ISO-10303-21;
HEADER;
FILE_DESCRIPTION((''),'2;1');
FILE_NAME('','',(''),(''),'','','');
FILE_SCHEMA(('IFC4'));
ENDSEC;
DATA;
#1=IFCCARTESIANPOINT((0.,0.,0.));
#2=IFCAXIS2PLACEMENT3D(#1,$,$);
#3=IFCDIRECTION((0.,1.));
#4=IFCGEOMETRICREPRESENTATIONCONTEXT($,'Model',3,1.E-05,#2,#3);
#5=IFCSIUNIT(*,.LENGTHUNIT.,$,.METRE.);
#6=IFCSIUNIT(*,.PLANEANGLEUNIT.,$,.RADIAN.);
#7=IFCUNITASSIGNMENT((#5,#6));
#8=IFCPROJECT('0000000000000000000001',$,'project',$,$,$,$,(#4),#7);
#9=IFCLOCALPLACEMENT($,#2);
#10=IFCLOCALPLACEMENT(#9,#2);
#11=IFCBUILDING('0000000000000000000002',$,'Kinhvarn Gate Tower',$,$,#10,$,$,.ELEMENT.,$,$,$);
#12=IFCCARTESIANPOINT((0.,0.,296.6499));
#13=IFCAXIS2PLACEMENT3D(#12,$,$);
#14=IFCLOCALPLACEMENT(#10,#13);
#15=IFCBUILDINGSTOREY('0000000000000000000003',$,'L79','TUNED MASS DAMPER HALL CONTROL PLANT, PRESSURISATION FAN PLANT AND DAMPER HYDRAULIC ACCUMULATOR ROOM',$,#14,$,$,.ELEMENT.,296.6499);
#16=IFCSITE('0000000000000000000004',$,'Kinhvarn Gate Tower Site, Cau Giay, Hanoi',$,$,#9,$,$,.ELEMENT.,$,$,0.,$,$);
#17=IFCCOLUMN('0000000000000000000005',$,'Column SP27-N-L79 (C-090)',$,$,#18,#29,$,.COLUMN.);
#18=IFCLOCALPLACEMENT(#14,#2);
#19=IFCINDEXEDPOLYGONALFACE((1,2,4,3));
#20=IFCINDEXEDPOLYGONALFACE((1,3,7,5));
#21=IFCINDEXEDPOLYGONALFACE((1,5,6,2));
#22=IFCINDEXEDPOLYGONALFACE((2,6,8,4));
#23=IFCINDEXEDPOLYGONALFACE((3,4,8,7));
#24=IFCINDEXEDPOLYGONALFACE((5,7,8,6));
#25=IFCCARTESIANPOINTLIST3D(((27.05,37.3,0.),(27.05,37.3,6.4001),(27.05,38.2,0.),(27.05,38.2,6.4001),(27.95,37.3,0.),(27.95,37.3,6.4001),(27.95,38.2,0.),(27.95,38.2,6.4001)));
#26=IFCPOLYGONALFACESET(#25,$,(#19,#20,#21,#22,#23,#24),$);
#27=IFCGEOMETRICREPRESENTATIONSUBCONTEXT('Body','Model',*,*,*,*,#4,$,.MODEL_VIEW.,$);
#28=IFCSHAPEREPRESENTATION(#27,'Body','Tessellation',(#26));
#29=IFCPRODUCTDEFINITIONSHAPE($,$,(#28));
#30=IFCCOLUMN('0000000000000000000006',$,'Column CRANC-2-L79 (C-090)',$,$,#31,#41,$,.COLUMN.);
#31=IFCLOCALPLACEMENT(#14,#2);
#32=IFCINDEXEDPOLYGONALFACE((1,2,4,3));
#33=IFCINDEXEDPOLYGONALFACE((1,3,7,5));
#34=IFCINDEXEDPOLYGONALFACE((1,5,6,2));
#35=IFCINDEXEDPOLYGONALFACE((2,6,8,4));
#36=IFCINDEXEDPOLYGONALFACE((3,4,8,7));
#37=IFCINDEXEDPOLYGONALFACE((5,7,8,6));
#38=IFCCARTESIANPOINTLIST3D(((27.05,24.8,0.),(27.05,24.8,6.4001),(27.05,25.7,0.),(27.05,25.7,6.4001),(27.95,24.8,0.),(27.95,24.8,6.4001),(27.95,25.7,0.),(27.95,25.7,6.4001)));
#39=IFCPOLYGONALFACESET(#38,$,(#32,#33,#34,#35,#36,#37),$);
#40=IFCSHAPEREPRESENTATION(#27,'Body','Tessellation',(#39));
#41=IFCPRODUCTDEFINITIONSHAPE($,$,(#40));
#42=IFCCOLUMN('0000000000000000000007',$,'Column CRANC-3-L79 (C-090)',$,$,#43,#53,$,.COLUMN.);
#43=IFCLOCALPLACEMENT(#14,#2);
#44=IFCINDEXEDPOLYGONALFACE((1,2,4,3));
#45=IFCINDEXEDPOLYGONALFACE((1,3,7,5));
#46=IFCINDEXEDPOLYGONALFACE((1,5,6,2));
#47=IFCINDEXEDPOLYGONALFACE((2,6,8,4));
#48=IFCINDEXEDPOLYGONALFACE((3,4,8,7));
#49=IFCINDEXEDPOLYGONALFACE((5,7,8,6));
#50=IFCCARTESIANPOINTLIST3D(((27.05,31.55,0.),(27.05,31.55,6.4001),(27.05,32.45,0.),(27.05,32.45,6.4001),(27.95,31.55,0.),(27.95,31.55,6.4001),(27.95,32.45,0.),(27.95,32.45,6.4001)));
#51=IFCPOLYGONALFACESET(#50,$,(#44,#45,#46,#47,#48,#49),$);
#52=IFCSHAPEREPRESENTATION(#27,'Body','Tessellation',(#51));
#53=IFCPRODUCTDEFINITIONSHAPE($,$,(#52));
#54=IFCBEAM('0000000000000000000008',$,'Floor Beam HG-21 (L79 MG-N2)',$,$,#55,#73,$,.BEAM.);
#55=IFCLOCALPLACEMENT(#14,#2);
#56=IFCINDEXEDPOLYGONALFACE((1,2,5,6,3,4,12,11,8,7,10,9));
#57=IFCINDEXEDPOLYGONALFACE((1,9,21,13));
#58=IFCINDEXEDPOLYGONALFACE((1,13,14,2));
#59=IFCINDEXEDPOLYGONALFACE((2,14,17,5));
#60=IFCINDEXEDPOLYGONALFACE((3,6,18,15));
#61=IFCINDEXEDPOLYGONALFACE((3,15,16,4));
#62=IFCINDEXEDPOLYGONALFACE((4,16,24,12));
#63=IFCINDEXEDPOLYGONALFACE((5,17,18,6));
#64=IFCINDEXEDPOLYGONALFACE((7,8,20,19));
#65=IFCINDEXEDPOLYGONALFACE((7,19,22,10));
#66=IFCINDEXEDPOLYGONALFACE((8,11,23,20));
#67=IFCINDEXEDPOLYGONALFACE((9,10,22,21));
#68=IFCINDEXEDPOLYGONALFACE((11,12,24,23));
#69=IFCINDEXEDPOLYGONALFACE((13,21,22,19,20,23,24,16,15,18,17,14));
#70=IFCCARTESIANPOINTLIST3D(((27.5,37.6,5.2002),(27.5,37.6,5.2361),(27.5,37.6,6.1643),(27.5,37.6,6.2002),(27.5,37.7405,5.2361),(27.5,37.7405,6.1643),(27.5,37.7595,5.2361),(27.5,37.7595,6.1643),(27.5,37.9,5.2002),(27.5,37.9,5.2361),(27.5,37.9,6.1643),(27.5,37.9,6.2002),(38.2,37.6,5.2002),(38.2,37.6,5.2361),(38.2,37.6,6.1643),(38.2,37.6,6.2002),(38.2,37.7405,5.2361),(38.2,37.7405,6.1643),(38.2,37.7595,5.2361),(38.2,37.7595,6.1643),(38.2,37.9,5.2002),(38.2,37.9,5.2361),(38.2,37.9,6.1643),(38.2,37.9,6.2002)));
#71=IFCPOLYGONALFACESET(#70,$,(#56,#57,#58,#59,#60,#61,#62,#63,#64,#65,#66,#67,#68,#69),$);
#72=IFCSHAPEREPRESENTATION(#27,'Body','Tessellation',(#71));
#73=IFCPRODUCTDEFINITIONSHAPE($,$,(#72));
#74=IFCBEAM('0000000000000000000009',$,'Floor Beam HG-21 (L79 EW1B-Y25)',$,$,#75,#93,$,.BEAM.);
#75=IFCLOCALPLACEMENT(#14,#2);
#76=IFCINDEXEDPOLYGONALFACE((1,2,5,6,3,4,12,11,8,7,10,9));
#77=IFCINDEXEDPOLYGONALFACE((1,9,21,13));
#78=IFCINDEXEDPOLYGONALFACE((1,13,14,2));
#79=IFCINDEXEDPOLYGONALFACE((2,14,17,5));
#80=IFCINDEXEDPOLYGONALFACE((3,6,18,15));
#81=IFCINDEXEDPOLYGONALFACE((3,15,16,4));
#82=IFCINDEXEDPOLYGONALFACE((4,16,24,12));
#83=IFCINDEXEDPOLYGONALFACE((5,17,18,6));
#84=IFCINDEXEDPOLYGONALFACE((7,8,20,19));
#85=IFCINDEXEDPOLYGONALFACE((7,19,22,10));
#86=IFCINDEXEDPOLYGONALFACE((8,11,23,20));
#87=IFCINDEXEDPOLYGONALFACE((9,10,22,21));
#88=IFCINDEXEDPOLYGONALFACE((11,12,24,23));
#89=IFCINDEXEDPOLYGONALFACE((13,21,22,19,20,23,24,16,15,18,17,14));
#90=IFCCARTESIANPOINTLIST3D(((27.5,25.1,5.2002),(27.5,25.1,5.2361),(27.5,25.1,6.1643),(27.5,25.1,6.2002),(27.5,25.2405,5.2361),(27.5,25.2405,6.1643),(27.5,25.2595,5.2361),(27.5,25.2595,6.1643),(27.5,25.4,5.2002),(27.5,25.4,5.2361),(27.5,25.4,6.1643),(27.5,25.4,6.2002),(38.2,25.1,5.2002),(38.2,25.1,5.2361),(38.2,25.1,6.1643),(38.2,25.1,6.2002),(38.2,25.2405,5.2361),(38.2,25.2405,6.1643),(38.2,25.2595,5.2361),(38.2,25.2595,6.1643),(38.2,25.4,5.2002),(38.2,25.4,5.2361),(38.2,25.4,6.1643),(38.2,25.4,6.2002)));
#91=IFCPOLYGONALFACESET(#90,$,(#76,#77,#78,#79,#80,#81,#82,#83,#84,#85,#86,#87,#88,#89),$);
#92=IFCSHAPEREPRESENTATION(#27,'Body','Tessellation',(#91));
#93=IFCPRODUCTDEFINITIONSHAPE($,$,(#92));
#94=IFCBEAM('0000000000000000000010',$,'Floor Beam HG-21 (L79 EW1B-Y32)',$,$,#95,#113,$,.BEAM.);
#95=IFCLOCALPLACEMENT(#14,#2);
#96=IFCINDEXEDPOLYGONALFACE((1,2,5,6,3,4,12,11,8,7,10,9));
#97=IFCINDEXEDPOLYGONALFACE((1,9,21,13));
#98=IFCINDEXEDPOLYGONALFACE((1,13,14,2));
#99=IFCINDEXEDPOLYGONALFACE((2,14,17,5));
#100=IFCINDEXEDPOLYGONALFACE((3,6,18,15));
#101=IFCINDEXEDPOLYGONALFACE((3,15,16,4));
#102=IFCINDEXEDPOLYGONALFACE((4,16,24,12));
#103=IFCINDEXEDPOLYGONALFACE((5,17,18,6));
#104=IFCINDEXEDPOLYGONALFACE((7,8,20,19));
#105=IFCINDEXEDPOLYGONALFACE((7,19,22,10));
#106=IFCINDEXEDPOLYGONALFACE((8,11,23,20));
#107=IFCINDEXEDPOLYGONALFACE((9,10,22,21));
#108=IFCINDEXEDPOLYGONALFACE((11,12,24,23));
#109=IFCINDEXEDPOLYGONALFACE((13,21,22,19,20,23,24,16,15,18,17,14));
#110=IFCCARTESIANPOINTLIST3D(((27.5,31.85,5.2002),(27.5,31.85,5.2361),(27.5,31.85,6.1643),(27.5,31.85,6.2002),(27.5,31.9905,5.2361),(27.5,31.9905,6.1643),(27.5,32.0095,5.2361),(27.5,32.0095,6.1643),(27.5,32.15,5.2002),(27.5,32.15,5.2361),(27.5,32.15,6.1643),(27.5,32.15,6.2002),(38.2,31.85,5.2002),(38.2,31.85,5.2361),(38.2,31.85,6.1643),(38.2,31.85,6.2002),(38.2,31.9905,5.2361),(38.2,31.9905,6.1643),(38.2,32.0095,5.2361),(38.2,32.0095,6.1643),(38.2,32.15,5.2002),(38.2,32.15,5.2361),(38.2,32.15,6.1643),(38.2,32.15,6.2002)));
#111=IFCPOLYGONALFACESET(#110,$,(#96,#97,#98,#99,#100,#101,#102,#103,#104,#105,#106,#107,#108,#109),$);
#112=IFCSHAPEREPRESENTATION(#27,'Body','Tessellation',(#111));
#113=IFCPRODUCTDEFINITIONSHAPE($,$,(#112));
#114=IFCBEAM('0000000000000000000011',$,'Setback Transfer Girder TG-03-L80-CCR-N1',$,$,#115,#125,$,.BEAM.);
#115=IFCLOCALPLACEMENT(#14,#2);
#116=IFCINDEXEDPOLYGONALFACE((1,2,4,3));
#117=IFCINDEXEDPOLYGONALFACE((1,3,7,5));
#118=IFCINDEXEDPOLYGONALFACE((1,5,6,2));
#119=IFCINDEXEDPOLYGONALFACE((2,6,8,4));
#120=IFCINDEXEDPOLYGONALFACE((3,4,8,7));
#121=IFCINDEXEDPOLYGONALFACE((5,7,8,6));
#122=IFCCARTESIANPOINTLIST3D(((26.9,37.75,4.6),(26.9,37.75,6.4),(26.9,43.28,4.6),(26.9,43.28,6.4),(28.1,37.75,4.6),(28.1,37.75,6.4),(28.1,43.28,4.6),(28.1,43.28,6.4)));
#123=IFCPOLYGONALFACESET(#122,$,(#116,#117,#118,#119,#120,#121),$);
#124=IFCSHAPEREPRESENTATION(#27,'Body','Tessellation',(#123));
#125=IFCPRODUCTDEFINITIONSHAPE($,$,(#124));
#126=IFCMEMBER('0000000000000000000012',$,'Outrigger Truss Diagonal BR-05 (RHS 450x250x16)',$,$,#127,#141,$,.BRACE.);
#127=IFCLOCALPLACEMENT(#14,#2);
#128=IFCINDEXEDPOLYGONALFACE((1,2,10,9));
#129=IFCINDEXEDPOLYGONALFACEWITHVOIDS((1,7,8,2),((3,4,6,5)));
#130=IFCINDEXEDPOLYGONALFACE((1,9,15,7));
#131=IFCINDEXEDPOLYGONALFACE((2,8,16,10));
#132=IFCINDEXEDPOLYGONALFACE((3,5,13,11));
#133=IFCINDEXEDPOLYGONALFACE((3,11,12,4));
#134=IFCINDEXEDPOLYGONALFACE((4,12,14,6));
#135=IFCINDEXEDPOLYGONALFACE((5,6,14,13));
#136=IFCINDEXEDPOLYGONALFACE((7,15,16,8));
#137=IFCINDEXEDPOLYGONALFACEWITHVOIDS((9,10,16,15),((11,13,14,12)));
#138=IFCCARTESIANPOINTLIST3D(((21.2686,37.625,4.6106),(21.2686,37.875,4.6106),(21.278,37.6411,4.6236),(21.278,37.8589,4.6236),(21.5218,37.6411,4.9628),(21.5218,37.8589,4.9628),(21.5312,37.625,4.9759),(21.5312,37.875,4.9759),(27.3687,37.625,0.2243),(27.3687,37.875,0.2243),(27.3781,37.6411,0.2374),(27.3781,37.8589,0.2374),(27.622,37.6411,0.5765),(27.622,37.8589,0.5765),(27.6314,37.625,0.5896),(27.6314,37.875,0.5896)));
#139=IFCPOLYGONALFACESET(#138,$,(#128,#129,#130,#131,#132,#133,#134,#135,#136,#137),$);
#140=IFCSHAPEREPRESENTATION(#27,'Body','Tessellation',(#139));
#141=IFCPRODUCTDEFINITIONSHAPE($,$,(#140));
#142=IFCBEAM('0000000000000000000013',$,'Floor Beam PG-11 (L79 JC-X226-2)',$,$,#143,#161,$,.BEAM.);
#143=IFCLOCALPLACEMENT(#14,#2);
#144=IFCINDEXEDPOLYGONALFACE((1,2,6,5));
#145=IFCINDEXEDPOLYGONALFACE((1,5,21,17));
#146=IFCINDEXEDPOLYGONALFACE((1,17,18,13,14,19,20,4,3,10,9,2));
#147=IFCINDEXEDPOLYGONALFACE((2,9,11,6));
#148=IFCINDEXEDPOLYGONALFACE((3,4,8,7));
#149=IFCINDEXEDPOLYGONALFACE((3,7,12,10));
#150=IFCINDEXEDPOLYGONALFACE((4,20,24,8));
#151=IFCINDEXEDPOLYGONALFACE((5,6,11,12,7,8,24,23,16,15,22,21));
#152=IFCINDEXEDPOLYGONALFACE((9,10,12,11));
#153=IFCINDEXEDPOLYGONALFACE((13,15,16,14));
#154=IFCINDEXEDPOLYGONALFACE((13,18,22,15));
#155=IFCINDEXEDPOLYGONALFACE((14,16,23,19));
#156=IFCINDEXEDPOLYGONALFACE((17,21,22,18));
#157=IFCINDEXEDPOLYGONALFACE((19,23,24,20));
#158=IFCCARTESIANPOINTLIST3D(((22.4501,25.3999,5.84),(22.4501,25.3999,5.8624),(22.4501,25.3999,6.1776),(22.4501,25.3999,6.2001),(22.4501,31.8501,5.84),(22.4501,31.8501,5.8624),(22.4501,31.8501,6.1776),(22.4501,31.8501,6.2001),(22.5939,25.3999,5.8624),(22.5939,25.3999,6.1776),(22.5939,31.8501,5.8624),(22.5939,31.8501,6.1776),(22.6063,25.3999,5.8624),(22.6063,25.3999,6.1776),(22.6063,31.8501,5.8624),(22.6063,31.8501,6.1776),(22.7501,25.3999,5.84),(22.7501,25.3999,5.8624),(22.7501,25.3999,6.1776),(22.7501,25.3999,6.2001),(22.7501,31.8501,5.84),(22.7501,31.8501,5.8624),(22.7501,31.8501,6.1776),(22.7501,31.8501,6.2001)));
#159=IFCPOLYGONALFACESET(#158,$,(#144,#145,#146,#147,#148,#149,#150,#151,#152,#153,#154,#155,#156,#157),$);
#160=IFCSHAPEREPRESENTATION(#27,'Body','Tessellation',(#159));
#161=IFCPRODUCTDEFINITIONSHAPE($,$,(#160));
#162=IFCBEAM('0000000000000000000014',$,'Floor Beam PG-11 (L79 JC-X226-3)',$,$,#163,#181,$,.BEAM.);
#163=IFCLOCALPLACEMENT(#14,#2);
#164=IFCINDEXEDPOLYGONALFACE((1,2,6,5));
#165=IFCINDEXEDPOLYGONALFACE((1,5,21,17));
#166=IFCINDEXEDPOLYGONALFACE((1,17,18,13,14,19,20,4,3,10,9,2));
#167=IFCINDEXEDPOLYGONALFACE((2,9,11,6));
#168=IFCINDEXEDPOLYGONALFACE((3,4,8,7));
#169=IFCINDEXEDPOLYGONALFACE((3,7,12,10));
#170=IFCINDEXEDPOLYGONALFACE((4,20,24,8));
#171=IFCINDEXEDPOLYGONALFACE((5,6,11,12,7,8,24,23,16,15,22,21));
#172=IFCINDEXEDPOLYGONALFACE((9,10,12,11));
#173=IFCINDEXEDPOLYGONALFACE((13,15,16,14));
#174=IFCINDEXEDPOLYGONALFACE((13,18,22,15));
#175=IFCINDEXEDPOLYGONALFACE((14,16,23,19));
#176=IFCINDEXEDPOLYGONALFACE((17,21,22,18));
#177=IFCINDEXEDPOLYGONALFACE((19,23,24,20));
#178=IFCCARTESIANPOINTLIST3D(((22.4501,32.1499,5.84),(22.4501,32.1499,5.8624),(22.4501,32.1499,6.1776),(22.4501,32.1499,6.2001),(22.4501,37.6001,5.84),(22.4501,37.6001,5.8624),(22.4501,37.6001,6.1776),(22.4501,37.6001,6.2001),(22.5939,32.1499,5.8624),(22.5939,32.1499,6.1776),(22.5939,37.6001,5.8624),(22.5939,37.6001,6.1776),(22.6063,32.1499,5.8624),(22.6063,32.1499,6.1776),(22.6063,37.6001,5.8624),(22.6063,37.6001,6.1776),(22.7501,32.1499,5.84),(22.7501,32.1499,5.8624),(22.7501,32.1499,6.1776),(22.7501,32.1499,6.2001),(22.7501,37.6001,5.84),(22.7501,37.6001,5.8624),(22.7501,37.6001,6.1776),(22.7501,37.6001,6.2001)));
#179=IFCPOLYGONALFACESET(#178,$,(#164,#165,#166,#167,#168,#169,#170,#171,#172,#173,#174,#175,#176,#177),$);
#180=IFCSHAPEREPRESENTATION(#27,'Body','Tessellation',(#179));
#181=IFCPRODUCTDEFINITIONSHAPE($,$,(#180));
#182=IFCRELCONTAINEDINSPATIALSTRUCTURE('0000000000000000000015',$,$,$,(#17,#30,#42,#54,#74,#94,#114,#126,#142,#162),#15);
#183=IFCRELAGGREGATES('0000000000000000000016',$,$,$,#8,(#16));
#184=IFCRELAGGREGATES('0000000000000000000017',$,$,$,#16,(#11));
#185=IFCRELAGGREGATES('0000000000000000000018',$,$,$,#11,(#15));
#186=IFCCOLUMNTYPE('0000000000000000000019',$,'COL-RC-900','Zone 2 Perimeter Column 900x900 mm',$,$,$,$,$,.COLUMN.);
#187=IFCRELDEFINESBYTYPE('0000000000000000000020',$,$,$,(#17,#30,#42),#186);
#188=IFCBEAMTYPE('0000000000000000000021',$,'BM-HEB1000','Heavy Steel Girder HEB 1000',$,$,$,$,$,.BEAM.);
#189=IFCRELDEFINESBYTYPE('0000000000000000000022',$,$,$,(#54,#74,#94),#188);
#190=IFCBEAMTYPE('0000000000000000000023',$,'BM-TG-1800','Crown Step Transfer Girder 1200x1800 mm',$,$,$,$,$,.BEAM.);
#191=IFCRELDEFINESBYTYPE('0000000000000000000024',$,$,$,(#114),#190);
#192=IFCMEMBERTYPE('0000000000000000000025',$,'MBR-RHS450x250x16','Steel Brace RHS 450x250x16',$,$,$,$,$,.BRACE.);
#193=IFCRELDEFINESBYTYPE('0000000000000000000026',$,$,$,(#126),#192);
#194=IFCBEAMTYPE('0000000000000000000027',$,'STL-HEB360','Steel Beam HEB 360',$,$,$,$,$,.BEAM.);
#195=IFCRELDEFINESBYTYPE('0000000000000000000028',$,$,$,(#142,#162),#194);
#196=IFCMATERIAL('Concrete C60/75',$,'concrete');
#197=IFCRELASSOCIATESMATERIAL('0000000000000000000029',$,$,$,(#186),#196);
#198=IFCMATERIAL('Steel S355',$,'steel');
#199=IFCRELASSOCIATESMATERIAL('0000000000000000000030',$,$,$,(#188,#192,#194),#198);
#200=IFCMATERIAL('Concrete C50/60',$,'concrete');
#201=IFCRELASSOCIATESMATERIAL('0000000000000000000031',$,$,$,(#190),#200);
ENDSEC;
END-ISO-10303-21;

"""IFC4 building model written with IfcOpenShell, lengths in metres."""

from ifc_helpers import new_model, si_unit, direction, frame, origin, origin_2d, place, context, subcontext, project, spatial, rectangle, hollow_rectangle, i_section, extrude, material, material_profile, profile_set, type_object, element, save


model = new_model("IFC4")

# Units and contexts
model_context = context("Model", 3, precision=1e-05, world=origin(), true_north=direction((0.0, 1.0)))
body_context = subcontext(model_context, "Body", "Model", "MODEL_VIEW")
ifc_project = project(units=[si_unit("LENGTHUNIT", "METRE"), si_unit("PLANEANGLEUNIT", "RADIAN")], contexts=[model_context])

# Site, building, storey
site_placement = place(None, origin())
site = spatial("IfcSite", under=ifc_project, at=site_placement, Name="Kinhvarn Gate Tower Site, Cau Giay, Hanoi", CompositionType="ELEMENT", RefElevation=0.0)
building_placement = place(site_placement, origin())
building = spatial("IfcBuilding", under=site, at=building_placement, Name="Kinhvarn Gate Tower", CompositionType="ELEMENT")
storey_placement = place(building_placement, frame((0.0, 0.0, 296.6499)))
storey = spatial("IfcBuildingStorey", under=building, at=storey_placement, Name="L79", Description="TUNED MASS DAMPER HALL CONTROL PLANT, PRESSURISATION FAN PLANT AND DAMPER HYDRAULIC ACCUMULATOR ROOM", CompositionType="ELEMENT", Elevation=296.6499)

# Columns
ifc_material_1 = material(Name="Concrete C60/75", Category="concrete")
ifc_material_profile_1 = material_profile(ifc_material_1, rectangle(XDim=0.8999, YDim=0.8999, at=origin_2d()), Name="RC 900x900")
ifc_profile_set_1 = profile_set([ifc_material_profile_1], Name="Concrete C60/75")
column_type = type_object("IfcColumnType", Name="COL-RC-900", Description="Zone 2 Perimeter Column 900x900 mm", PredefinedType="COLUMN", material=ifc_profile_set_1)
for number, where, z_axis, x_axis, name in (
    (1, (27.5, 37.75, 0.0), (0.0, 0.0, 1.0), (1.0, 0.0, 0.0), "Column SP27-N-L79 (C-090)"),
    (2, (27.5, 25.25, 0.0), (0.0, 0.0, 1.0), (1.0, 0.0, 0.0), "Column CRANC-2-L79 (C-090)"),
    (3, (27.5, 32.0, 0.0), (0.0, 0.0, 1.0), (1.0, 0.0, 0.0), "Column CRANC-3-L79 (C-090)"),
):
    element("IfcColumn", number, at=place(storey_placement, frame(where, z_axis=z_axis, x_axis=x_axis)), inside=storey, type_object=column_type, Name=name, PredefinedType="COLUMN", context=body_context, shape_type="SweptSolid", body=[
        extrude(rectangle(XDim=0.8999, YDim=0.8999, at=origin_2d()), origin(), (0.0, 0.0, 1.0), 6.4001),
    ])

# Beams
ifc_material_2 = material(Name="Steel S355", Category="steel")
ifc_material_profile_2 = material_profile(ifc_material_2, i_section(OverallWidth=0.3, OverallDepth=1.0, WebThickness=0.019, FlangeThickness=0.0359, at=origin_2d()), Name="HEB 1000")
ifc_profile_set_2 = profile_set([ifc_material_profile_2], Name="Steel S355")
beam_type_1 = type_object("IfcBeamType", Name="BM-HEB1000", Description="Heavy Steel Girder HEB 1000", PredefinedType="BEAM", material=ifc_profile_set_2)
for number, where, z_axis, x_axis, name in (
    (4, (27.5, 37.75, 5.7002), (1.0, 0.0, 0.0), (0.0, 1.0, 0.0), "Floor Beam HG-21 (L79 MG-N2)"),
    (5, (27.5, 25.25, 5.7002), (1.0, 0.0, 0.0), (0.0, 1.0, 0.0), "Floor Beam HG-21 (L79 EW1B-Y25)"),
    (6, (27.5, 32.0, 5.7002), (1.0, 0.0, 0.0), (0.0, 1.0, 0.0), "Floor Beam HG-21 (L79 EW1B-Y32)"),
):
    element("IfcBeam", number, at=place(storey_placement, frame(where, z_axis=z_axis, x_axis=x_axis)), inside=storey, type_object=beam_type_1, Name=name, PredefinedType="BEAM", context=body_context, shape_type="SweptSolid", body=[
        extrude(i_section(OverallWidth=0.3, OverallDepth=1.0, WebThickness=0.019, FlangeThickness=0.0359, at=origin_2d()), origin(), (0.0, 0.0, 1.0), 10.7),
    ])
ifc_material_3 = material(Name="Concrete C50/60", Category="concrete")
ifc_material_profile_3 = material_profile(ifc_material_3, rectangle(XDim=1.2, YDim=1.8, at=origin_2d()), Name="RC 1200x1800")
ifc_profile_set_3 = profile_set([ifc_material_profile_3], Name="Concrete C50/60")
beam_type_2 = type_object("IfcBeamType", Name="BM-TG-1800", Description="Crown Step Transfer Girder 1200x1800 mm", PredefinedType="BEAM", material=ifc_profile_set_3)
beam_1_placement = place(storey_placement, frame((27.5, 37.75, 5.5), z_axis=(0.0, 1.0, 0.0), x_axis=(-1.0, 0.0, 0.0)))
element("IfcBeam", 7, at=beam_1_placement, inside=storey, type_object=beam_type_2, Name="Setback Transfer Girder TG-03-L80-CCR-N1", PredefinedType="BEAM", context=body_context, shape_type="SweptSolid", body=[
    extrude(rectangle(XDim=1.2, YDim=1.8, at=origin_2d()), origin(), (0.0, 0.0, 1.0), 5.53),
])

# Member
ifc_material_profile_4 = material_profile(ifc_material_2, hollow_rectangle(XDim=0.25, YDim=0.45, WallThickness=0.0161, at=origin_2d()), Name="RHS 450x250x16")
ifc_profile_set_4 = profile_set([ifc_material_profile_4], Name="Steel S355")
member_type_1 = type_object("IfcMemberType", Name="MBR-RHS450x250x16", Description="Steel Brace RHS 450x250x16", PredefinedType="BRACE", material=ifc_profile_set_4)
member_1_placement = place(storey_placement, frame((21.3999, 37.75, 4.7932), z_axis=(0.811903, 0.0, -0.583793), x_axis=(0.0, 1.0, 0.0)))
element("IfcMember", 8, at=member_1_placement, inside=storey, type_object=member_type_1, Name="Outrigger Truss Diagonal BR-05 (RHS 450x250x16)", PredefinedType="BRACE", context=body_context, shape_type="SweptSolid", body=[
    extrude(hollow_rectangle(XDim=0.25, YDim=0.45, WallThickness=0.0161, at=origin_2d()), origin(), (0.0, 0.0, 1.0), 7.5134),
])

# Beams
ifc_material_profile_5 = material_profile(ifc_material_2, i_section(OverallWidth=0.3, OverallDepth=0.3601, WebThickness=0.0125, FlangeThickness=0.0225, at=origin_2d()), Name="HEB 360")
ifc_profile_set_5 = profile_set([ifc_material_profile_5], Name="Steel S355")
beam_type_3 = type_object("IfcBeamType", Name="STL-HEB360", Description="Steel Beam HEB 360", PredefinedType="BEAM", material=ifc_profile_set_5)
beam_2_placement = place(storey_placement, frame((22.6001, 25.3999, 6.02), z_axis=(0.0, 1.0, 0.0), x_axis=(-1.0, 0.0, 0.0)))
element("IfcBeam", 9, at=beam_2_placement, inside=storey, type_object=beam_type_3, Name="Floor Beam PG-11 (L79 JC-X226-2)", PredefinedType="BEAM", context=body_context, shape_type="SweptSolid", body=[
    extrude(i_section(OverallWidth=0.3, OverallDepth=0.3601, WebThickness=0.0125, FlangeThickness=0.0225, at=origin_2d()), origin(), (0.0, 0.0, 1.0), 6.4502),
])
beam_3_placement = place(storey_placement, frame((22.6001, 32.1499, 6.02), z_axis=(0.0, 1.0, 0.0), x_axis=(-1.0, 0.0, 0.0)))
element("IfcBeam", 10, at=beam_3_placement, inside=storey, type_object=beam_type_3, Name="Floor Beam PG-11 (L79 JC-X226-3)", PredefinedType="BEAM", context=body_context, shape_type="SweptSolid", body=[
    extrude(i_section(OverallWidth=0.3, OverallDepth=0.3601, WebThickness=0.0125, FlangeThickness=0.0225, at=origin_2d()), origin(), (0.0, 0.0, 1.0), 5.4502),
])

save(model, "model.ifc")
